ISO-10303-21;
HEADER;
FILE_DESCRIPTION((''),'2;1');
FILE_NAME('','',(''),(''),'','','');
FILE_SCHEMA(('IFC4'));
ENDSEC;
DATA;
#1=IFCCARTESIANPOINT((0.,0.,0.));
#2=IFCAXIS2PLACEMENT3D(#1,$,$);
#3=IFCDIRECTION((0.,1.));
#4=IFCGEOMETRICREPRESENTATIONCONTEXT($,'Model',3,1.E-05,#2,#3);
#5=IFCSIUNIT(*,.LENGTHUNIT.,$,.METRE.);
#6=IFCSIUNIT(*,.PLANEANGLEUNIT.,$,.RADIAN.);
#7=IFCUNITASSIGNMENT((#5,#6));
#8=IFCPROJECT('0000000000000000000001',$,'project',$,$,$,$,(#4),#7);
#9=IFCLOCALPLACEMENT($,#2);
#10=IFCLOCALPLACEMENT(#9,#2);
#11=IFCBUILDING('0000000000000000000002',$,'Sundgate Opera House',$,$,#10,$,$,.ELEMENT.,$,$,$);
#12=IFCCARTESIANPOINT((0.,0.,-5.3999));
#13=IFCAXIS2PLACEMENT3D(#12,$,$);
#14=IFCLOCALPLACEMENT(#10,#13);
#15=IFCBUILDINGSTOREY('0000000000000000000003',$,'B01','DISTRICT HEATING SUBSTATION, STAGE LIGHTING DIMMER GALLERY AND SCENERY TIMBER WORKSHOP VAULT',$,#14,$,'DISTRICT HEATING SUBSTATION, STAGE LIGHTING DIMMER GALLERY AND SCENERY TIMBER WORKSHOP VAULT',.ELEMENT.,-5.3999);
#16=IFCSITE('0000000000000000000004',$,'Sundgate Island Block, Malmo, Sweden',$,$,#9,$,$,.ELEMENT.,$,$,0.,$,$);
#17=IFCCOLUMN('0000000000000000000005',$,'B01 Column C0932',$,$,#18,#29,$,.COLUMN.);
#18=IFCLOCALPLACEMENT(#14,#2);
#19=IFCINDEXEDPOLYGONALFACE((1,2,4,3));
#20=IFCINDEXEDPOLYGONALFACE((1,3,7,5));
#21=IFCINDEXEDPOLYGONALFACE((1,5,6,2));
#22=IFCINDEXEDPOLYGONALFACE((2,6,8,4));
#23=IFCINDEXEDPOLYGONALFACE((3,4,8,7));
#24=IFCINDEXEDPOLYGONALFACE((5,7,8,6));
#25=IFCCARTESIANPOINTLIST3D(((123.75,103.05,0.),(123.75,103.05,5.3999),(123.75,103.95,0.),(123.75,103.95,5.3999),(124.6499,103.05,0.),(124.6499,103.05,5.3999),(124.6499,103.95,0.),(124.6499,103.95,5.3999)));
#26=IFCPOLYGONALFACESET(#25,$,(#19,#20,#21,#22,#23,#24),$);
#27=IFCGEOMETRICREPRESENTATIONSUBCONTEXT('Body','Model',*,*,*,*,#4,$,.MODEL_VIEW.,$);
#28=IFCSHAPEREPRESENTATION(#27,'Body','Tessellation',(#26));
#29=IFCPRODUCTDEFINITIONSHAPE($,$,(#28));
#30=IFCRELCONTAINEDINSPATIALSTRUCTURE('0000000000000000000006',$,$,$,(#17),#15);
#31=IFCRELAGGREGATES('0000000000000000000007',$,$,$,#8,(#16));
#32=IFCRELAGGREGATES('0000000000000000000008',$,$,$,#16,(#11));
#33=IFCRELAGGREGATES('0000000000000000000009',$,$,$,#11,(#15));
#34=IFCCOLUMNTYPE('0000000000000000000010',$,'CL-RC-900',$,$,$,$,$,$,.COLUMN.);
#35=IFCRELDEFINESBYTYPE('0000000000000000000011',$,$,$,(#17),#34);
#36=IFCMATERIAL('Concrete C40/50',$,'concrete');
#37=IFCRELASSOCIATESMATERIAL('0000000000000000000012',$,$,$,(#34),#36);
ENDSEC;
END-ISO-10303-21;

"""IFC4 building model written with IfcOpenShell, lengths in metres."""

from ifc_helpers import new_model, si_unit, direction, frame, origin, origin_2d, place, context, subcontext, project, spatial, rectangle, extrude, material, material_profile, profile_set, type_object, element, save


model = new_model("IFC4")

# Units and contexts
model_context = context("Model", 3, precision=1e-05, world=origin(), true_north=direction((0.0, 1.0)))
body_context = subcontext(model_context, "Body", "Model", "MODEL_VIEW")
ifc_project = project(units=[si_unit("LENGTHUNIT", "METRE"), si_unit("PLANEANGLEUNIT", "RADIAN")], contexts=[model_context])

# Site, building, storey
site_placement = place(None, origin())
site = spatial("IfcSite", under=ifc_project, at=site_placement, Name="Sundgate Island Block, Malmo, Sweden", CompositionType="ELEMENT", RefElevation=0.0)
building_placement = place(site_placement, origin())
building = spatial("IfcBuilding", under=site, at=building_placement, Name="Sundgate Opera House", CompositionType="ELEMENT")
storey_placement = place(building_placement, frame((0.0, 0.0, -5.3999)))
storey = spatial("IfcBuildingStorey", under=building, at=storey_placement, Name="B01", Description="DISTRICT HEATING SUBSTATION, STAGE LIGHTING DIMMER GALLERY AND SCENERY TIMBER WORKSHOP VAULT", LongName="DISTRICT HEATING SUBSTATION, STAGE LIGHTING DIMMER GALLERY AND SCENERY TIMBER WORKSHOP VAULT", CompositionType="ELEMENT", Elevation=-5.3999)

# Column
ifc_material_1 = material(Name="Concrete C40/50", Category="concrete")
ifc_material_profile_1 = material_profile(ifc_material_1, rectangle(XDim=0.8999, YDim=0.8999, at=origin_2d()), Name="RC 900x900")
ifc_profile_set_1 = profile_set([ifc_material_profile_1], Name="Concrete C40/50")
column_type = type_object("IfcColumnType", Name="CL-RC-900", PredefinedType="COLUMN", material=ifc_profile_set_1)
for number, where, z_axis, x_axis, name in (
    (1, (124.2, 103.5, 0.0), (0.0, 0.0, 1.0), (1.0, 0.0, 0.0), "B01 Column C0932"),
):
    element("IfcColumn", number, at=place(storey_placement, frame(where, z_axis=z_axis, x_axis=x_axis)), inside=storey, type_object=column_type, Name=name, PredefinedType="COLUMN", context=body_context, shape_type="SweptSolid", body=[
        extrude(rectangle(XDim=0.8999, YDim=0.8999, at=origin_2d()), origin(), (0.0, 0.0, 1.0), 5.3999),
    ])

save(model, "model.ifc")
